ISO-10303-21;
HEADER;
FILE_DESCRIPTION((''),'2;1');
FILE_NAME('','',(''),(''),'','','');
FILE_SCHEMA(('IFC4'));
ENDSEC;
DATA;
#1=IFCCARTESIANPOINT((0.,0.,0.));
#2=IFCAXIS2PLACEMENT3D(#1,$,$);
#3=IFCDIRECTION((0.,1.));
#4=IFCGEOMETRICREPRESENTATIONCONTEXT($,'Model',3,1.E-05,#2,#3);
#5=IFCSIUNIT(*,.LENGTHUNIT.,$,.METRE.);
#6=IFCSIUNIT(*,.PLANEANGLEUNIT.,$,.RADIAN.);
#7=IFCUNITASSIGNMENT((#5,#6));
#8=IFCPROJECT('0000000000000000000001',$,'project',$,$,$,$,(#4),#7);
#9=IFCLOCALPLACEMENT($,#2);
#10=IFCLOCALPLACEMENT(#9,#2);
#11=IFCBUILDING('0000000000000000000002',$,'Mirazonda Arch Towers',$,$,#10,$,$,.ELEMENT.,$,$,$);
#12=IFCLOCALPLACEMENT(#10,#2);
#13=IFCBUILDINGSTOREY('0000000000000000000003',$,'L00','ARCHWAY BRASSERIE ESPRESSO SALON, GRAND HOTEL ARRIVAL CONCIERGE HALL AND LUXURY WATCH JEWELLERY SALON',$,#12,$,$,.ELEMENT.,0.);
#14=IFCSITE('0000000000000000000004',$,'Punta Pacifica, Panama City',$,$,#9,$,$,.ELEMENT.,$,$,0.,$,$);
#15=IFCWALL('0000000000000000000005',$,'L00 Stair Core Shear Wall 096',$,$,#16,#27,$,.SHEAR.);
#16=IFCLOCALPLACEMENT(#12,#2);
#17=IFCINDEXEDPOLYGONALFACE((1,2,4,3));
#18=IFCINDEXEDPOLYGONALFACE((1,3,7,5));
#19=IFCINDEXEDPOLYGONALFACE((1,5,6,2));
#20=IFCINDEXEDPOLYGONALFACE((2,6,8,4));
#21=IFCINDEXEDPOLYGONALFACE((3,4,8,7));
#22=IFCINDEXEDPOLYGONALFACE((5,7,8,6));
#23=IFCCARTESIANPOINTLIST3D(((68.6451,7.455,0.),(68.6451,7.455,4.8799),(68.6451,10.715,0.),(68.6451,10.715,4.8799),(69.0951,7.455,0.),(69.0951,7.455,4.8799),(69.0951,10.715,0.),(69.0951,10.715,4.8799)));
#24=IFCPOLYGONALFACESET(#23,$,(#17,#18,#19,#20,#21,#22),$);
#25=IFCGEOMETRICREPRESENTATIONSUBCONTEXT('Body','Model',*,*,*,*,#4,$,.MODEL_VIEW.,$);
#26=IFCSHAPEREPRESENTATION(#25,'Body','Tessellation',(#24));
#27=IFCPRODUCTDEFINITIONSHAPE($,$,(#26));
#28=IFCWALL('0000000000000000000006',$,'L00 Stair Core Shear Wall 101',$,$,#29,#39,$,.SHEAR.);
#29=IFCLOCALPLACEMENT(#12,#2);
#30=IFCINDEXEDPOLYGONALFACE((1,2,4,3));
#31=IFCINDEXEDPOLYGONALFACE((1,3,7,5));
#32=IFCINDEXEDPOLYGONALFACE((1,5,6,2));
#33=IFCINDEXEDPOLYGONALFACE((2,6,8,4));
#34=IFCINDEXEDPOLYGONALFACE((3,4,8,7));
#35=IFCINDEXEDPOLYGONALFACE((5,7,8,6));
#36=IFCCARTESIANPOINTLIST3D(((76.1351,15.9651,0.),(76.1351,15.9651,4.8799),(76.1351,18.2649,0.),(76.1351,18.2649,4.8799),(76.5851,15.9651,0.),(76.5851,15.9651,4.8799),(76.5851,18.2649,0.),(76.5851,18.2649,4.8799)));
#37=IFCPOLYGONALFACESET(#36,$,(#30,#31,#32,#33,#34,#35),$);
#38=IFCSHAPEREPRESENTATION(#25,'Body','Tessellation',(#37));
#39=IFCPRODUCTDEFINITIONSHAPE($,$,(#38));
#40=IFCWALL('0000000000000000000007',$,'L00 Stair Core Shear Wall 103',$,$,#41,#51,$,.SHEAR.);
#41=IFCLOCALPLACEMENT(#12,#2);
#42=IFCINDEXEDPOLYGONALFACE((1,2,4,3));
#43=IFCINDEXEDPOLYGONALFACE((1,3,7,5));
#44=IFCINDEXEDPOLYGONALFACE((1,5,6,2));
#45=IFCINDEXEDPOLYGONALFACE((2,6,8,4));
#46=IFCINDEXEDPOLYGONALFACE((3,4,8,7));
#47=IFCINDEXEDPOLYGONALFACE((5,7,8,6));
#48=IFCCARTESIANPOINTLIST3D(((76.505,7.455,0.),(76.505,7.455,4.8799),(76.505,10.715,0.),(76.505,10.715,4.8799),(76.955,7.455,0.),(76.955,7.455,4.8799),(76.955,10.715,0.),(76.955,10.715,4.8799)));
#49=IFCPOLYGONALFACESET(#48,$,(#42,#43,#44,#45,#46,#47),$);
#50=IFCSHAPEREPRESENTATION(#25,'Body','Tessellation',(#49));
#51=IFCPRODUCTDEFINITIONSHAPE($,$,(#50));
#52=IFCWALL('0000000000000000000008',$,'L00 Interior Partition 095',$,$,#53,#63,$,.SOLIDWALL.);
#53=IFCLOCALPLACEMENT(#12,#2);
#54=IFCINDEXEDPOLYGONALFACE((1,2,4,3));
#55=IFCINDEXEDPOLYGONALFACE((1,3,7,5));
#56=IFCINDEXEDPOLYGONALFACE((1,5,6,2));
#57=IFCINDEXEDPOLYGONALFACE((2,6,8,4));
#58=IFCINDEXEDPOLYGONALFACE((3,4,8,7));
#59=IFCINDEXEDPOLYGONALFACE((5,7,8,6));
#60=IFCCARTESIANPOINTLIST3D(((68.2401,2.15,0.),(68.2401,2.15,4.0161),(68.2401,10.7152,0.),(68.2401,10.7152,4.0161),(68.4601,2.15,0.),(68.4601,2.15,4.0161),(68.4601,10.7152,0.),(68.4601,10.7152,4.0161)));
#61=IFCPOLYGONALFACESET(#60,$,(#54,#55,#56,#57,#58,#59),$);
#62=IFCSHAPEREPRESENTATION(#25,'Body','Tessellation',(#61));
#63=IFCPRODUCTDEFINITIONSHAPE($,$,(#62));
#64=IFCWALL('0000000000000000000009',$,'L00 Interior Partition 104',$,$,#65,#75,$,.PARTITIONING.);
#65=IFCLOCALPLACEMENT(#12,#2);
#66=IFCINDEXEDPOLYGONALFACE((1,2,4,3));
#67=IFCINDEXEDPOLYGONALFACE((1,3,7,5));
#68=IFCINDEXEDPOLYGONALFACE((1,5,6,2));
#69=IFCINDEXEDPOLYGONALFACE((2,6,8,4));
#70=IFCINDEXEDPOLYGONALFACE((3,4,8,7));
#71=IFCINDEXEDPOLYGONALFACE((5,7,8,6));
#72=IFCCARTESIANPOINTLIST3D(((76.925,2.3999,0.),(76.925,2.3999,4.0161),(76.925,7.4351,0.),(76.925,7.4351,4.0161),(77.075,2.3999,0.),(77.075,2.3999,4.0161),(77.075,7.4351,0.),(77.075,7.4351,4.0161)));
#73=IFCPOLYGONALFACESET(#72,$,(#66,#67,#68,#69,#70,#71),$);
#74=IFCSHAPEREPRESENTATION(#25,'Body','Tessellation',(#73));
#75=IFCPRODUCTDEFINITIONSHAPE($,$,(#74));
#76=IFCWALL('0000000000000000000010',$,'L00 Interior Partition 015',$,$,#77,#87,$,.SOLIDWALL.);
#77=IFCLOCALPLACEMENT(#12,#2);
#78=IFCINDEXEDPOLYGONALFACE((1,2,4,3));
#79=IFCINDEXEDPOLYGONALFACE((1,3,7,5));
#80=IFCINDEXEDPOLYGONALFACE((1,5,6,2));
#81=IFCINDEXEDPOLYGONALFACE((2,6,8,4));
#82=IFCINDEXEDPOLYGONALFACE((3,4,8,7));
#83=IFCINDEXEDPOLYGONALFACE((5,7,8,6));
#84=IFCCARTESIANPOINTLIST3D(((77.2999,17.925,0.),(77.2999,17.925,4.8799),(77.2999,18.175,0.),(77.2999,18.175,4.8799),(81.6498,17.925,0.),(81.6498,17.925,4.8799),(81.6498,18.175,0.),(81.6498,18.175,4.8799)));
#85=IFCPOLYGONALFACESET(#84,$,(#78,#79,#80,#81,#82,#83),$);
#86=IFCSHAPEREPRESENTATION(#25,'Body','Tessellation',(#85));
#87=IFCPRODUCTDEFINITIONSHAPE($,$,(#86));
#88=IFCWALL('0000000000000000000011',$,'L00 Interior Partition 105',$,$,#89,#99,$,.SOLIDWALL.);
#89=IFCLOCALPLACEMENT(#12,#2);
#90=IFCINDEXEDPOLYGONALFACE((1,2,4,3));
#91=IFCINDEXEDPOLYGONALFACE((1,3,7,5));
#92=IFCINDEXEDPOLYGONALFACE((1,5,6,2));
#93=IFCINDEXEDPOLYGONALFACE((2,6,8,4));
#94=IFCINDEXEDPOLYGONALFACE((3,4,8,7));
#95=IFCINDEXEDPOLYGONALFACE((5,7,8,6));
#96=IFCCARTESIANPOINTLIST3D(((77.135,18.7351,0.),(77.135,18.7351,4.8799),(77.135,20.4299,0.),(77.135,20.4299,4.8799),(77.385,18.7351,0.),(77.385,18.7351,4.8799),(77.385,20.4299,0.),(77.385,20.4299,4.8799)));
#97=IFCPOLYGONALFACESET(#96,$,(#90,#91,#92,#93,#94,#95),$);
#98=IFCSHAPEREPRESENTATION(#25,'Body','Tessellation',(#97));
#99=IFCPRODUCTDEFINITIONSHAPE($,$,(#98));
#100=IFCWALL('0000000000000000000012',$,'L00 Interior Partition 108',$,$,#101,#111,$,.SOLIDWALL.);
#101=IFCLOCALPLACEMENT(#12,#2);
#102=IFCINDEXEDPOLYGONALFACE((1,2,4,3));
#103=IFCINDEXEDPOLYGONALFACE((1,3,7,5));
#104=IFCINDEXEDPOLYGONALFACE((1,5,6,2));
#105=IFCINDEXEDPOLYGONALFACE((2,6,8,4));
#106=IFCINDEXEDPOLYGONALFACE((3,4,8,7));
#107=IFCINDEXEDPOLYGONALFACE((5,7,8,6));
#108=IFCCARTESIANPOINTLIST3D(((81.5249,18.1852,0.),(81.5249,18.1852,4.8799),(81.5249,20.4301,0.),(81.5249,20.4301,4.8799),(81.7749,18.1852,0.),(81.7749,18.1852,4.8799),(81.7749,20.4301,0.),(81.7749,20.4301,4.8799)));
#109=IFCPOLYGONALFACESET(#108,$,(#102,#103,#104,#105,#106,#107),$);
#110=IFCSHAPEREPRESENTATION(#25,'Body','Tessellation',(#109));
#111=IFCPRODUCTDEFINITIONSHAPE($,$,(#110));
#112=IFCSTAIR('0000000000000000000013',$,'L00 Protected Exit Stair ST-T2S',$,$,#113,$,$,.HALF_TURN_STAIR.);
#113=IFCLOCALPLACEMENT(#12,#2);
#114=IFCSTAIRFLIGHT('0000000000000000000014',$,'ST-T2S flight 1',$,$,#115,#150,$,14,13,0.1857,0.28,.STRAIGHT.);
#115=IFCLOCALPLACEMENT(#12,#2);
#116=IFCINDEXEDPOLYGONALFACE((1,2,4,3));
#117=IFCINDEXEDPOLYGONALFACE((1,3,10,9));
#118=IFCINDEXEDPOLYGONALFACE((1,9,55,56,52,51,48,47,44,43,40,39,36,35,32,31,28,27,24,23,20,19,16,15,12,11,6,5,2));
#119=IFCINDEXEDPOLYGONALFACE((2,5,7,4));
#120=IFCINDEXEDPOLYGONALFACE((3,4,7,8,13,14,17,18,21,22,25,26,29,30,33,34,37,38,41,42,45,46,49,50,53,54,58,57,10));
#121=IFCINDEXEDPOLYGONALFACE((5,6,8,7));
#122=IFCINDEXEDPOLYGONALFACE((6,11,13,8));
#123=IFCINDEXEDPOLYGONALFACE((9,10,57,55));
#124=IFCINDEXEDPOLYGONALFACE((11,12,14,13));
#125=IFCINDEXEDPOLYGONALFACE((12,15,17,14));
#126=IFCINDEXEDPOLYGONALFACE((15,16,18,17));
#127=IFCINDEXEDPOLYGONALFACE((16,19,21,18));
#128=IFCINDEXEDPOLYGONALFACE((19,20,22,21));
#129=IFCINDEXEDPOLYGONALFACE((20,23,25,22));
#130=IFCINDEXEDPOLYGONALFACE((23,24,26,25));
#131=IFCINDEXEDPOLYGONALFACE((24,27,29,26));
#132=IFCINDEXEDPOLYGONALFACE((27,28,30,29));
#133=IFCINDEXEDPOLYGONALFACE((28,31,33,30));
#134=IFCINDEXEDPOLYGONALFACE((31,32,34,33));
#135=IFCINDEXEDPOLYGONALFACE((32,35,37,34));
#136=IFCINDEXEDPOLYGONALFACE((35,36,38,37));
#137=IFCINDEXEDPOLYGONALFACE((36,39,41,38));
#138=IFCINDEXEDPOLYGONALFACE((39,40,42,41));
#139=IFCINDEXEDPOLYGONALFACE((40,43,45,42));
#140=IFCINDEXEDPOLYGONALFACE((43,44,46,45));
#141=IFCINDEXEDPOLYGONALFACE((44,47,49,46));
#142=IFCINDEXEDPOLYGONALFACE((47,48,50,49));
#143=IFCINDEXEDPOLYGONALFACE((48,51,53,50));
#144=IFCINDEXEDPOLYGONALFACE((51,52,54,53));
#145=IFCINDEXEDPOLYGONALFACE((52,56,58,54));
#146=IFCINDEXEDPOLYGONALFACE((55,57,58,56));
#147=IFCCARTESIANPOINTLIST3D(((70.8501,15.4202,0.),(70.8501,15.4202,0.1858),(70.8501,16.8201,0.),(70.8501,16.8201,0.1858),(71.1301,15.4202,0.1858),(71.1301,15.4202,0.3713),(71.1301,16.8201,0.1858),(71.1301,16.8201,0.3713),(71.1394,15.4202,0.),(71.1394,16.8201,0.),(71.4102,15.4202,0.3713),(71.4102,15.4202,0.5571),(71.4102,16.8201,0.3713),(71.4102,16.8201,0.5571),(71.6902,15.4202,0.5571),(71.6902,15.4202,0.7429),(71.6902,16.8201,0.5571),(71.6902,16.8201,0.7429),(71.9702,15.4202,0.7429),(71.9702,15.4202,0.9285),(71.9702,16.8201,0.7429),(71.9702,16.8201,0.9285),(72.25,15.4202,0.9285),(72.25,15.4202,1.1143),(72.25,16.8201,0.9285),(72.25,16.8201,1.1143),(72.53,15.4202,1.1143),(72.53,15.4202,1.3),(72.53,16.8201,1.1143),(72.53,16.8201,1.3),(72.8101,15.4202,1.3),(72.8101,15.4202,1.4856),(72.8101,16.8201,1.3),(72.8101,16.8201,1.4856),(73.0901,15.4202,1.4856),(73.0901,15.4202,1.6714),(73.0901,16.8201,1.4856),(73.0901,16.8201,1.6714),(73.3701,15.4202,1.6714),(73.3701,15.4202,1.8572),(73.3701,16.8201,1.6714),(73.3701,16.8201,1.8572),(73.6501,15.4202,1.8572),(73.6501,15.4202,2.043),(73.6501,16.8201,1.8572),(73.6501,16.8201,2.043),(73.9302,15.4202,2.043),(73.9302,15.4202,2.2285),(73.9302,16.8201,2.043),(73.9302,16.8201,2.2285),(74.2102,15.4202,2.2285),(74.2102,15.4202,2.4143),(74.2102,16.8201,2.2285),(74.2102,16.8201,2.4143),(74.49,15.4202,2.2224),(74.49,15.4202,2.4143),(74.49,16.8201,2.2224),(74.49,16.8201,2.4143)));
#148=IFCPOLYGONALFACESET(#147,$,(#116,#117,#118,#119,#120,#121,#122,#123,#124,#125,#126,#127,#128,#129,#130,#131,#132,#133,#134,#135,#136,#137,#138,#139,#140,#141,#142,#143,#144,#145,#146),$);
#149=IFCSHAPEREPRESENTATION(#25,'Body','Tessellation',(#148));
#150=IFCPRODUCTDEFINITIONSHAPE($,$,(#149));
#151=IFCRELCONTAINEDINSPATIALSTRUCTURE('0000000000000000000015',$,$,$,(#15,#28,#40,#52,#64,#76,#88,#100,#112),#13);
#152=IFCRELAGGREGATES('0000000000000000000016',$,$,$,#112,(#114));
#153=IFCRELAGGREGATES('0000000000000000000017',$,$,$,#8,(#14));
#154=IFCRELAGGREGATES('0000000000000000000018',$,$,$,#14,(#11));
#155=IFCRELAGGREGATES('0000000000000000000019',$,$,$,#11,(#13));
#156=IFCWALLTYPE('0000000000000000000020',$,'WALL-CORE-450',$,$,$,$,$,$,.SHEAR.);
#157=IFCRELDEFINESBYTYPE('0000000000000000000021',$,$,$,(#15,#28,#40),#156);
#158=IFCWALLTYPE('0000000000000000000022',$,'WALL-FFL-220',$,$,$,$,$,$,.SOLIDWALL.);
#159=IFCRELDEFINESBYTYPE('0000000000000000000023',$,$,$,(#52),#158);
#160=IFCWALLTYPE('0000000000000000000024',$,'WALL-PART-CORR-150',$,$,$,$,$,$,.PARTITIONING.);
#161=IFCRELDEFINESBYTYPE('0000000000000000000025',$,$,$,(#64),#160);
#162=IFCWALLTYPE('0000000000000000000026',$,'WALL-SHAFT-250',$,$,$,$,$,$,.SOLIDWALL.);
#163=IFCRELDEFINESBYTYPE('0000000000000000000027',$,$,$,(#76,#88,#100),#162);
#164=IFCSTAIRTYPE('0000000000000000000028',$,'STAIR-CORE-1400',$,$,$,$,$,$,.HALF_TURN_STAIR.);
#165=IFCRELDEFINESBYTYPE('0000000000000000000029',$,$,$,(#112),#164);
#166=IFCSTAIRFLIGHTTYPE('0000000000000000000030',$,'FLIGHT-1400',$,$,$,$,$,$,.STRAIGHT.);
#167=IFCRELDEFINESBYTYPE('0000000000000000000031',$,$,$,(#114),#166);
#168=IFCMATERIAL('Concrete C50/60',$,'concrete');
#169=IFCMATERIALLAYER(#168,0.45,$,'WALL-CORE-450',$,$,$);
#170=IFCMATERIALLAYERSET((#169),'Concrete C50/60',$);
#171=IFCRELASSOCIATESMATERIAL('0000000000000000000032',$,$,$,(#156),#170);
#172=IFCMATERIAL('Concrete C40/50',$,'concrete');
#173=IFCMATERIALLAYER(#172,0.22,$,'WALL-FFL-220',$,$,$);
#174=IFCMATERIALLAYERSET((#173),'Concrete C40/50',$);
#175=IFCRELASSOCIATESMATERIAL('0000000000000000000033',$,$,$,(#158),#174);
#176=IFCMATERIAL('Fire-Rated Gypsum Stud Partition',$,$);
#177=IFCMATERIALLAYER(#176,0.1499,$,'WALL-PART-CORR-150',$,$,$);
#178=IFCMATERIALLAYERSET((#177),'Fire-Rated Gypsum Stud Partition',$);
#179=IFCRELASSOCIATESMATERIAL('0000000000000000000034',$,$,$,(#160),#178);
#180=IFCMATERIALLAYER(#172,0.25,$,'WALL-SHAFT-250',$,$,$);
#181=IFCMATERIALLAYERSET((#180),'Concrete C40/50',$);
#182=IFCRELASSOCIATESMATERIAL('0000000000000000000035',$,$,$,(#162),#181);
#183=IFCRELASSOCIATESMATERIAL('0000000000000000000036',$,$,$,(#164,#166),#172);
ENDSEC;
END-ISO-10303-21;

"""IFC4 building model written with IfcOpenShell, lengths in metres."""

from ifc_helpers import new_model, si_unit, direction, frame, frame_2d, origin, place, context, subcontext, project, spatial, polyline, rectangle, outline, extrude, material, layer, layer_set, type_object, element, aggregate, save


model = new_model("IFC4")

# Units and contexts
model_context = context("Model", 3, precision=1e-05, world=origin(), true_north=direction((0.0, 1.0)))
body_context = subcontext(model_context, "Body", "Model", "MODEL_VIEW")
ifc_project = project(units=[si_unit("LENGTHUNIT", "METRE"), si_unit("PLANEANGLEUNIT", "RADIAN")], contexts=[model_context])

# Site, building, storey
site_placement = place(None, origin())
site = spatial("IfcSite", under=ifc_project, at=site_placement, Name="Punta Pacifica, Panama City", CompositionType="ELEMENT", RefElevation=0.0)
building_placement = place(site_placement, origin())
building = spatial("IfcBuilding", under=site, at=building_placement, Name="Mirazonda Arch Towers", CompositionType="ELEMENT")
storey_placement = place(building_placement, origin())
storey = spatial("IfcBuildingStorey", under=building, at=storey_placement, Name="L00", Description="ARCHWAY BRASSERIE ESPRESSO SALON, GRAND HOTEL ARRIVAL CONCIERGE HALL AND LUXURY WATCH JEWELLERY SALON", CompositionType="ELEMENT", Elevation=0.0)

# Shared definitions
ifc_material_1 = material(Name="Concrete C50/60", Category="concrete")
ifc_layer_1 = layer(ifc_material_1, 0.45, Name="WALL-CORE-450")
ifc_layer_set_1 = layer_set([ifc_layer_1], Name="Concrete C50/60")
wall_type_1 = type_object("IfcWallType", Name="WALL-CORE-450", PredefinedType="SHEAR", material=ifc_layer_set_1)

# Walls
wall_1_placement = place(storey_placement, frame((68.8701, 7.4551, 0.0), z_axis=(0.0, 0.0, 1.0), x_axis=(0.0, 1.0, 0.0)))
element("IfcWall", 1, at=wall_1_placement, inside=storey, type_object=wall_type_1, Name="L00 Stair Core Shear Wall 096", PredefinedType="SHEAR", context=body_context, shape_type="SweptSolid", body=[
    extrude(rectangle(XDim=3.26, YDim=0.45, at=frame_2d((1.6299, 0.0))), origin(), (0.0, 0.0, 1.0), 4.8799),
])
wall_2_placement = place(storey_placement, frame((76.3601, 15.9651, 0.0), z_axis=(0.0, 0.0, 1.0), x_axis=(0.0, 1.0, 0.0)))
element("IfcWall", 2, at=wall_2_placement, inside=storey, type_object=wall_type_1, Name="L00 Stair Core Shear Wall 101", PredefinedType="SHEAR", context=body_context, shape_type="SweptSolid", body=[
    extrude(rectangle(XDim=2.2998, YDim=0.45, at=frame_2d((1.1499, 0.0))), origin(), (0.0, 0.0, 1.0), 4.8799),
])
wall_3_placement = place(storey_placement, frame((76.73, 7.4551, 0.0), z_axis=(0.0, 0.0, 1.0), x_axis=(0.0, 1.0, 0.0)))
element("IfcWall", 3, at=wall_3_placement, inside=storey, type_object=wall_type_1, Name="L00 Stair Core Shear Wall 103", PredefinedType="SHEAR", context=body_context, shape_type="SweptSolid", body=[
    extrude(rectangle(XDim=3.26, YDim=0.45, at=frame_2d((1.6299, 0.0))), origin(), (0.0, 0.0, 1.0), 4.8799),
])
ifc_material_2 = material(Name="Concrete C40/50", Category="concrete")
ifc_layer_2 = layer(ifc_material_2, 0.22, Name="WALL-FFL-220")
ifc_layer_set_2 = layer_set([ifc_layer_2], Name="Concrete C40/50")
wall_type_2 = type_object("IfcWallType", Name="WALL-FFL-220", PredefinedType="SOLIDWALL", material=ifc_layer_set_2)
wall_4_placement = place(storey_placement, frame((68.3501, 2.1499, 0.0), z_axis=(0.0, 0.0, 1.0), x_axis=(0.0, 1.0, 0.0)))
element("IfcWall", 4, at=wall_4_placement, inside=storey, type_object=wall_type_2, Name="L00 Interior Partition 095", PredefinedType="SOLIDWALL", context=body_context, shape_type="SweptSolid", body=[
    extrude(rectangle(XDim=8.5652, YDim=0.22, at=frame_2d((4.2827, 0.0))), origin(), (0.0, 0.0, 1.0), 4.0161),
])
ifc_material_3 = material(Name="Fire-Rated Gypsum Stud Partition")
ifc_layer_3 = layer(ifc_material_3, 0.1499, Name="WALL-PART-CORR-150")
ifc_layer_set_3 = layer_set([ifc_layer_3], Name="Fire-Rated Gypsum Stud Partition")
wall_type_3 = type_object("IfcWallType", Name="WALL-PART-CORR-150", PredefinedType="PARTITIONING", material=ifc_layer_set_3)
wall_5_placement = place(storey_placement, frame((77.0, 2.3999, 0.0), z_axis=(0.0, 0.0, 1.0), x_axis=(0.0, 1.0, 0.0)))
element("IfcWall", 5, at=wall_5_placement, inside=storey, type_object=wall_type_3, Name="L00 Interior Partition 104", PredefinedType="PARTITIONING", context=body_context, shape_type="SweptSolid", body=[
    extrude(rectangle(XDim=5.0352, YDim=0.1499, at=frame_2d((2.5176, 0.0))), origin(), (0.0, 0.0, 1.0), 4.0161),
])
ifc_layer_4 = layer(ifc_material_2, 0.25, Name="WALL-SHAFT-250")
ifc_layer_set_4 = layer_set([ifc_layer_4], Name="Concrete C40/50")
wall_type_4 = type_object("IfcWallType", Name="WALL-SHAFT-250", PredefinedType="SOLIDWALL", material=ifc_layer_set_4)
wall_6_placement = place(storey_placement, frame((77.3, 18.05, 0.0), z_axis=(0.0, 0.0, 1.0), x_axis=(1.0, 0.0, 0.0)))
element("IfcWall", 6, at=wall_6_placement, inside=storey, type_object=wall_type_4, Name="L00 Interior Partition 015", PredefinedType="SOLIDWALL", context=body_context, shape_type="SweptSolid", body=[
    extrude(rectangle(XDim=4.3499, YDim=0.25, at=frame_2d((2.1748, 0.0))), origin(), (0.0, 0.0, 1.0), 4.8799),
])
wall_7_placement = place(storey_placement, frame((77.26, 18.7351, 0.0), z_axis=(0.0, 0.0, 1.0), x_axis=(0.0, 1.0, 0.0)))
element("IfcWall", 7, at=wall_7_placement, inside=storey, type_object=wall_type_4, Name="L00 Interior Partition 105", PredefinedType="SOLIDWALL", context=body_context, shape_type="SweptSolid", body=[
    extrude(rectangle(XDim=1.6948, YDim=0.25, at=frame_2d((0.8474, 0.0))), origin(), (0.0, 0.0, 1.0), 4.8799),
])
wall_8_placement = place(storey_placement, frame((81.6499, 18.1851, 0.0), z_axis=(0.0, 0.0, 1.0), x_axis=(0.0, 1.0, 0.0)))
element("IfcWall", 8, at=wall_8_placement, inside=storey, type_object=wall_type_4, Name="L00 Interior Partition 108", PredefinedType="SOLIDWALL", context=body_context, shape_type="SweptSolid", body=[
    extrude(rectangle(XDim=2.2449, YDim=0.25, at=frame_2d((1.1226, 0.0))), origin(), (0.0, 0.0, 1.0), 4.8799),
])

# Stair, stair flight
stair_type_1 = type_object("IfcStairType", Name="STAIR-CORE-1400", PredefinedType="HALF_TURN_STAIR", material=ifc_material_2)
stair_1_placement = place(storey_placement, origin())
stair_1 = element("IfcStair", 9, at=stair_1_placement, inside=storey, type_object=stair_type_1, Name="L00 Protected Exit Stair ST-T2S", PredefinedType="HALF_TURN_STAIR")
stair_flight_type_1 = type_object("IfcStairFlightType", Name="FLIGHT-1400", PredefinedType="STRAIGHT", material=ifc_material_2)
stair_flight_1_placement = place(storey_placement, frame((70.8501, 16.1201, 0.0), z_axis=(0.0, 0.0, 1.0), x_axis=(1.0, 0.0, 0.0)))
stair_flight_1 = element("IfcStairFlight", 10, at=stair_flight_1_placement, type_object=stair_flight_type_1, Name="ST-T2S flight 1", NumberOfRisers=14, NumberOfTreads=13, PredefinedType="STRAIGHT", RiserHeight=0.1857, TreadLength=0.28, context=body_context, shape_type="SweptSolid", body=[
    extrude(outline(polyline([(0.0, 0.0), (0.0, 0.1858), (0.28, 0.1858), (0.28, 0.3713), (0.5601, 0.3713), (0.5601, 0.5571), (0.8401, 0.5571), (0.8401, 0.7429), (1.1201, 0.7429), (1.1201, 0.9285), (1.3999, 0.9285), (1.3999, 1.1143), (1.6799, 1.1143), (1.6799, 1.3), (1.96, 1.3), (1.96, 1.4856), (2.24, 1.4856), (2.24, 1.6714), (2.52, 1.6714), (2.52, 1.8572), (2.8, 1.8572), (2.8, 2.043), (3.0801, 2.043), (3.0801, 2.2285), (3.3601, 2.2285), (3.3601, 2.4143), (3.6399, 2.4143), (3.6399, 2.6001), (3.6399, 2.2224), (0.2893, 0.0), (0.0, 0.0)])), frame((0.0, 0.7, 0.0), z_axis=(0.0, -1.0, 0.0), x_axis=(1.0, 0.0, 0.0)), (0.0, 0.0, 1.0), 1.3999),
])
aggregate(stair_1, [stair_flight_1])

save(model, "model.ifc")
